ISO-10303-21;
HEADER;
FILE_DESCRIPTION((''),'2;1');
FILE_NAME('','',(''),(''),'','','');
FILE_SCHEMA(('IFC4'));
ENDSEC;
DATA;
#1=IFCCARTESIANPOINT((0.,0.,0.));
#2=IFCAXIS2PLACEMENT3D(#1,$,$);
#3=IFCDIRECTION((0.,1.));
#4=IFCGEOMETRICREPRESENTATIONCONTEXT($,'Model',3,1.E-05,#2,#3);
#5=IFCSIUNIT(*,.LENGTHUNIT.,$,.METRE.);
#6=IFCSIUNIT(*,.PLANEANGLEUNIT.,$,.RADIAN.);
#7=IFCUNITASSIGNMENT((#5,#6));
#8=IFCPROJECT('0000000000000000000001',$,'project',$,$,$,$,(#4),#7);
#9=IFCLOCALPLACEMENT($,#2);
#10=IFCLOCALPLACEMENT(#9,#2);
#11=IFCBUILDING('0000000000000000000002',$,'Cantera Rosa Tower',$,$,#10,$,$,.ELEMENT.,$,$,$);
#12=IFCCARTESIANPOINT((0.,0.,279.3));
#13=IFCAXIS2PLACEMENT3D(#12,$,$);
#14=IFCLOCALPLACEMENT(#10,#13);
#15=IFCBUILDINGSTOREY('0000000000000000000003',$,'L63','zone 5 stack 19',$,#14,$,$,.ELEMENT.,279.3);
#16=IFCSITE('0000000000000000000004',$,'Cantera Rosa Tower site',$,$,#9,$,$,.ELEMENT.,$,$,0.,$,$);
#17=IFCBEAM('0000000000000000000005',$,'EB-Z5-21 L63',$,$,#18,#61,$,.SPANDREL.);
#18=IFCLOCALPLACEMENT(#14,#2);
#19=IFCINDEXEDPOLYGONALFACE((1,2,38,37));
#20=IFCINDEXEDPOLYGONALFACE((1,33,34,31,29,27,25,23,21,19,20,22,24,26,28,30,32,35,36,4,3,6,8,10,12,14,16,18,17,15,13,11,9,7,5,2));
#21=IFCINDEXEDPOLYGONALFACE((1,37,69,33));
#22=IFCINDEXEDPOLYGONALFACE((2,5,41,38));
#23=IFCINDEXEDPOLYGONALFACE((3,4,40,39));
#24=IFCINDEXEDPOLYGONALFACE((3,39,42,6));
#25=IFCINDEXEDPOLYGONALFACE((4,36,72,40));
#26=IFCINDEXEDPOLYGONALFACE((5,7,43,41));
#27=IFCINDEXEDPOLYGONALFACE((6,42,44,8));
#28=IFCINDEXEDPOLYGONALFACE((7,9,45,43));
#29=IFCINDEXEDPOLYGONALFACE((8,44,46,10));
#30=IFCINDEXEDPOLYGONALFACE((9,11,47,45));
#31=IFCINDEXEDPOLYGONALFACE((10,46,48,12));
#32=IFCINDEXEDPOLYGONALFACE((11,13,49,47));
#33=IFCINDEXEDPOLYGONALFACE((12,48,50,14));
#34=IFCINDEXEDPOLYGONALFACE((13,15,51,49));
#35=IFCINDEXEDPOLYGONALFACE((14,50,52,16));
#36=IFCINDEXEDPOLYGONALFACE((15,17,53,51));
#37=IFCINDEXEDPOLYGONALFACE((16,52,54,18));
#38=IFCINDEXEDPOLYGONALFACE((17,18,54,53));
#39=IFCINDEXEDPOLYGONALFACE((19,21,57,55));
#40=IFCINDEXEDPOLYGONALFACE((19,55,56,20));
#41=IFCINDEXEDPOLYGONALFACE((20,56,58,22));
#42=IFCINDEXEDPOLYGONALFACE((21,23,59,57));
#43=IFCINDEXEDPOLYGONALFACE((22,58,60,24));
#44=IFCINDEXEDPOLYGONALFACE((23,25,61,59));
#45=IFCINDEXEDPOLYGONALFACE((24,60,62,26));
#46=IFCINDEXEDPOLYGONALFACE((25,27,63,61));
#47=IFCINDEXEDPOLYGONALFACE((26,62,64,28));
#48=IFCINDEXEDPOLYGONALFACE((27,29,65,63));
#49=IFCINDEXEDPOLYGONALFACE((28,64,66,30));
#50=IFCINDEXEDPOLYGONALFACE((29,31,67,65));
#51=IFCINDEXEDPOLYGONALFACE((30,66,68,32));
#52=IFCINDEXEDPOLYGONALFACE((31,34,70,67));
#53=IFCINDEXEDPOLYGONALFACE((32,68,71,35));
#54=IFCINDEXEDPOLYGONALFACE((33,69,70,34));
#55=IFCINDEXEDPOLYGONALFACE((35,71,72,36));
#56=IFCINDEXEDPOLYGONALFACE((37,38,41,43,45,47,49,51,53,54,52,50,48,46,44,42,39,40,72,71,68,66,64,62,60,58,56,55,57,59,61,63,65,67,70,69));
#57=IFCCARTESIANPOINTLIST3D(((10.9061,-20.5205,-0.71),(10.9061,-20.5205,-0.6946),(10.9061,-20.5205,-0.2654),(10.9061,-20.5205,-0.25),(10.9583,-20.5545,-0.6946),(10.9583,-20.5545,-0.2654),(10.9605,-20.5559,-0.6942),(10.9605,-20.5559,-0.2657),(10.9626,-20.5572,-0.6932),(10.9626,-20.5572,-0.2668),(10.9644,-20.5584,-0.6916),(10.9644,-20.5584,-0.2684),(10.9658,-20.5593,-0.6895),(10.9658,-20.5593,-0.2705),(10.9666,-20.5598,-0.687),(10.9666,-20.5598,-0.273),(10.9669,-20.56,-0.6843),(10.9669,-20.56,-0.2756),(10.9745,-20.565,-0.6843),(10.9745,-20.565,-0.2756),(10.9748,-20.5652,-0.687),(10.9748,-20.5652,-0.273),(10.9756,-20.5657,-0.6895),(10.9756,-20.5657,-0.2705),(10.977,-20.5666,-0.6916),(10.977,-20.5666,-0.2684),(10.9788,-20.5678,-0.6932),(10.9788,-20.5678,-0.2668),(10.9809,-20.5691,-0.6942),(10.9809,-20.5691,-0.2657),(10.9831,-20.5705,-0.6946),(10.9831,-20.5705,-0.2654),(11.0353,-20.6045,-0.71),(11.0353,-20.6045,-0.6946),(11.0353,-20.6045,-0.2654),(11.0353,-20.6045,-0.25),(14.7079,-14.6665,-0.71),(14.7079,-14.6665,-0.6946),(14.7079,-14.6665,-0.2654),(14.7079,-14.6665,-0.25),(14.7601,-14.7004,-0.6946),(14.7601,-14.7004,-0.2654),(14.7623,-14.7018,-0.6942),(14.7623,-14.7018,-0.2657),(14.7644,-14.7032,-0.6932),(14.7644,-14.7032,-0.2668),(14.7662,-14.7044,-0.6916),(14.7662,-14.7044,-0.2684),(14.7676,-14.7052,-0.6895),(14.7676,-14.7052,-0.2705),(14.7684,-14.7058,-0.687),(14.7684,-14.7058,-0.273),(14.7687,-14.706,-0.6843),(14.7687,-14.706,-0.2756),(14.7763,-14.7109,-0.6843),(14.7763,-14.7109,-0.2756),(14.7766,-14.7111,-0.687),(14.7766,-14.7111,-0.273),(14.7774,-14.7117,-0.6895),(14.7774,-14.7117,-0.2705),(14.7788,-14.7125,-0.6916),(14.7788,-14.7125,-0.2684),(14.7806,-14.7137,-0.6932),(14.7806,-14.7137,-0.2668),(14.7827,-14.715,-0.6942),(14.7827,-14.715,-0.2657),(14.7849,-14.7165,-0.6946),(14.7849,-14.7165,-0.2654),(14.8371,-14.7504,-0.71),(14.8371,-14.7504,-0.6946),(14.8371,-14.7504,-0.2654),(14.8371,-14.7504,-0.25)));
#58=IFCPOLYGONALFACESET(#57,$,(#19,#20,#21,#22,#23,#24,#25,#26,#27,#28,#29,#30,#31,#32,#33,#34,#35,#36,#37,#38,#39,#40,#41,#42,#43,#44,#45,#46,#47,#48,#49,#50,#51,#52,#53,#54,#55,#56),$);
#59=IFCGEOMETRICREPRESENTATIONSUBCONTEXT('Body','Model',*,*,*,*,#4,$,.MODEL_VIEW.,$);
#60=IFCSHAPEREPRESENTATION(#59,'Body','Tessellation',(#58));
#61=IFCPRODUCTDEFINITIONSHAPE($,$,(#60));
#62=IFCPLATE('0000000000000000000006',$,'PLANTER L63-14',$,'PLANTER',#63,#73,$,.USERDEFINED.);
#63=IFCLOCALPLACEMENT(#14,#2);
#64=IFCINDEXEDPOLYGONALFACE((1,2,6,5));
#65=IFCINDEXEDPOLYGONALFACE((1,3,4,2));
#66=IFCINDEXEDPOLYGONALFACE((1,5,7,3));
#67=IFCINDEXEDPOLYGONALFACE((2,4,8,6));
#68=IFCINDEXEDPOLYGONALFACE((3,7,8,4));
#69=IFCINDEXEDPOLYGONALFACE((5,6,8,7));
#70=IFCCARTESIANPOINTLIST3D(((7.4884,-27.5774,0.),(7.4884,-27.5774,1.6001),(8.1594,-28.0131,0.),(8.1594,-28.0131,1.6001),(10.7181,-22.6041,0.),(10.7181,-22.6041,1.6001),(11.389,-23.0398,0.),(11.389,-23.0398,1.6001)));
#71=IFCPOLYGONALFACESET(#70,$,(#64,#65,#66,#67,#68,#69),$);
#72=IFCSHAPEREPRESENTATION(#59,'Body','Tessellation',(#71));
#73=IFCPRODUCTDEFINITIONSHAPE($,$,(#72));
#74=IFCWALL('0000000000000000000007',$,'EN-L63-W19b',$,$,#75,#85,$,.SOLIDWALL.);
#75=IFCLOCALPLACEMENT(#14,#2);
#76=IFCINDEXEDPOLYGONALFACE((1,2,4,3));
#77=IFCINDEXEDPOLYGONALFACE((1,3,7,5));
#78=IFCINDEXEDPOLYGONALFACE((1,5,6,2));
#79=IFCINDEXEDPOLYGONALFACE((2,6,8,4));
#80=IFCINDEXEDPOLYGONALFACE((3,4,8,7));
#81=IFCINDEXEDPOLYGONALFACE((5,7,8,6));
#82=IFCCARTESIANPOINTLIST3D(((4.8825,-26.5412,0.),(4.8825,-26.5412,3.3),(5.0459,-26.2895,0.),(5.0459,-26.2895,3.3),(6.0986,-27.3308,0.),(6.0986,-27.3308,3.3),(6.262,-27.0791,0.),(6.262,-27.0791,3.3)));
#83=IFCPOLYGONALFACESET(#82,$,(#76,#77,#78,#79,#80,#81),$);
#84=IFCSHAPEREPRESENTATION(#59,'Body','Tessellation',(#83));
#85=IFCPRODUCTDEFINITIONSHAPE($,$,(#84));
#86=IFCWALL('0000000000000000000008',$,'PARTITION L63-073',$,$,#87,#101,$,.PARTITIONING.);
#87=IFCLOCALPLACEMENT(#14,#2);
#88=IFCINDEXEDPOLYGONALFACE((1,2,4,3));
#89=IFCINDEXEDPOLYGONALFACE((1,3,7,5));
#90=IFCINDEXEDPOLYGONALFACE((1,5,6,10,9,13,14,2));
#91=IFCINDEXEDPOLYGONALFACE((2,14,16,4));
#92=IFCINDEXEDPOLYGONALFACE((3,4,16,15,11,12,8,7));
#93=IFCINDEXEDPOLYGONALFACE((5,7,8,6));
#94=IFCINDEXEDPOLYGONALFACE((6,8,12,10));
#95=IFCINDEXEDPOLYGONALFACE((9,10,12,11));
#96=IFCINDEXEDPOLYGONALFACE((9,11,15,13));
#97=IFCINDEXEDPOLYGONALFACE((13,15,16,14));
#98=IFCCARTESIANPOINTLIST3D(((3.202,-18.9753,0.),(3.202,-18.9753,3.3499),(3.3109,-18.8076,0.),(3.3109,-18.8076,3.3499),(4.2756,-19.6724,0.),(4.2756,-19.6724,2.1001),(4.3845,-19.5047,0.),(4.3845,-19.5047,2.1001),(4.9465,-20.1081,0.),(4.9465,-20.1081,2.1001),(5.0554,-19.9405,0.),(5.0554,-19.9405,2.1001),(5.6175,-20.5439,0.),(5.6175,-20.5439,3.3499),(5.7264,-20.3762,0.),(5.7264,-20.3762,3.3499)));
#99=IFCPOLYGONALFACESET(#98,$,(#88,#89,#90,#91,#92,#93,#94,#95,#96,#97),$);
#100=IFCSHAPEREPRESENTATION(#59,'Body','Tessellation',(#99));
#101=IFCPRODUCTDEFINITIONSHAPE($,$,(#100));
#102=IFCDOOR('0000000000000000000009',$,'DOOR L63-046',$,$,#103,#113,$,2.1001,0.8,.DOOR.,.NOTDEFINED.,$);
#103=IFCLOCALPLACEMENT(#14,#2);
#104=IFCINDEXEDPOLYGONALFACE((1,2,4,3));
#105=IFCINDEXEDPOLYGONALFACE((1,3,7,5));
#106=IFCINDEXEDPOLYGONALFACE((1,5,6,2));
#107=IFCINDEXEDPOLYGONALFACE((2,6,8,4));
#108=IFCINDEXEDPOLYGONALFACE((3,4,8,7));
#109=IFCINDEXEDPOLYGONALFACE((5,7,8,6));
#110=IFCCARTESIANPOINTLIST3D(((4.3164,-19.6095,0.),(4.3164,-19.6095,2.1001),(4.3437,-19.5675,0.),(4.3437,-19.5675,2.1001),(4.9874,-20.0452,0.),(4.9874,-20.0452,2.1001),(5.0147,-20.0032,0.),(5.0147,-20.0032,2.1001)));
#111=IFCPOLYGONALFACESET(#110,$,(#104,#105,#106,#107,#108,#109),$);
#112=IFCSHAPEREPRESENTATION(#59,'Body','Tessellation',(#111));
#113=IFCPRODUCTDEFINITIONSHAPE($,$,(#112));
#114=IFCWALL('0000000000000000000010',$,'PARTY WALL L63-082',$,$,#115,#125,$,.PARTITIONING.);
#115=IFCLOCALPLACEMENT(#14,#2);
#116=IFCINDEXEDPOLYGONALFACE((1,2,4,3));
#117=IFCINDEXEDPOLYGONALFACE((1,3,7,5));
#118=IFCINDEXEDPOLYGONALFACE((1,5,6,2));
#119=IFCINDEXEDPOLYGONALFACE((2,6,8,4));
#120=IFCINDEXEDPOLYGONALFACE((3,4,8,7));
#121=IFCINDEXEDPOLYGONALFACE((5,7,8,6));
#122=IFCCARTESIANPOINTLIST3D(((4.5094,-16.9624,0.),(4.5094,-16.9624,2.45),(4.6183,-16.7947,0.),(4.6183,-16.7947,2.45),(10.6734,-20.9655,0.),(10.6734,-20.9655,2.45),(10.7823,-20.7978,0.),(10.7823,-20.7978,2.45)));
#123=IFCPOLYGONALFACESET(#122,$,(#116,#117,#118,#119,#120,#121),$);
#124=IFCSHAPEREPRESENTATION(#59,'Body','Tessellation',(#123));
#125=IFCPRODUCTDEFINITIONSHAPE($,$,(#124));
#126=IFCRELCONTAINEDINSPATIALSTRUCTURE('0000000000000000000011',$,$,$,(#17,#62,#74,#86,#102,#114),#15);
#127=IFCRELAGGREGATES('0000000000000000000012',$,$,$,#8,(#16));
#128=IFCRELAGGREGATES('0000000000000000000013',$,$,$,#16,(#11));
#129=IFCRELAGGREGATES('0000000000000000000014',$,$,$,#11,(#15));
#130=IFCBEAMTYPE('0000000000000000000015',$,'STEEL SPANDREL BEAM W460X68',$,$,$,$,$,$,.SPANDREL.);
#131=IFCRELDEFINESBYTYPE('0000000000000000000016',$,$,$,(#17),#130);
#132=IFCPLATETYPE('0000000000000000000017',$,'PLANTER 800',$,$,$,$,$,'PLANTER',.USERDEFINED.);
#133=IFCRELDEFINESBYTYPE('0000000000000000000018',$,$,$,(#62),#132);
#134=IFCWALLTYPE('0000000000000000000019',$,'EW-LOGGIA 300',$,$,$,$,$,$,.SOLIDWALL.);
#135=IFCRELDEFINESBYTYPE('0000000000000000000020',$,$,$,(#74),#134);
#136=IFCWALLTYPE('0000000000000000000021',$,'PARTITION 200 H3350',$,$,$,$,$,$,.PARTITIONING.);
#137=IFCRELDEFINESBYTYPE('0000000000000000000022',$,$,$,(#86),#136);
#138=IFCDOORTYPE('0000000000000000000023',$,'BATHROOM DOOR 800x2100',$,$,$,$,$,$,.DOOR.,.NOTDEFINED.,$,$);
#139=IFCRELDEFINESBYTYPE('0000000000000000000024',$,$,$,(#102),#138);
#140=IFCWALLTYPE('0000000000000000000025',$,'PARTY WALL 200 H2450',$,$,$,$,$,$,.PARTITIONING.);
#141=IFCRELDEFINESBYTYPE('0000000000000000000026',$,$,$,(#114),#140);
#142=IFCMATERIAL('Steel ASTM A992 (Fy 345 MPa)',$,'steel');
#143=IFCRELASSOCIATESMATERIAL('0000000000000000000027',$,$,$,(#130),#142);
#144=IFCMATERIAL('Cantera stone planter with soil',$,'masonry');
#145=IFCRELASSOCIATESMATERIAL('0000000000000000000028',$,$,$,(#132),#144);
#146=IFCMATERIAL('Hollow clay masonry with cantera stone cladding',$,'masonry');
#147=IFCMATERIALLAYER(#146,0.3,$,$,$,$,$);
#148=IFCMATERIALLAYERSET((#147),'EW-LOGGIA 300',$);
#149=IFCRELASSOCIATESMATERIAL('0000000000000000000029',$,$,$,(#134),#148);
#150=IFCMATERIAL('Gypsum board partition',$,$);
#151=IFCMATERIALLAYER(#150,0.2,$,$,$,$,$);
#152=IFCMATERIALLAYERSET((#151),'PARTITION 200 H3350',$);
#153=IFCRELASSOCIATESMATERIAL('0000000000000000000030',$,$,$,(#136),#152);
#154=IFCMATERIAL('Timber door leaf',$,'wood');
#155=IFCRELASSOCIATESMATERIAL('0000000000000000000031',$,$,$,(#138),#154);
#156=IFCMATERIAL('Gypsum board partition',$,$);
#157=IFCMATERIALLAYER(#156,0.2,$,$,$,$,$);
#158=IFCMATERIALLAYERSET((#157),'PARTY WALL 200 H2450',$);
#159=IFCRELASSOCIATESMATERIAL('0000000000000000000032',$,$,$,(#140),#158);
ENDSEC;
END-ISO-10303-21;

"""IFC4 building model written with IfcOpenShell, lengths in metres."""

from ifc_helpers import new_model, si_unit, direction, frame, frame_2d, origin, origin_2d, place, context, subcontext, project, spatial, rectangle, i_section, extrude, material, layer, layer_set, material_profile, profile_set, type_object, element, fill, save


model = new_model("IFC4")

# Units and contexts
model_context = context("Model", 3, precision=1e-05, world=origin(), true_north=direction((0.0, 1.0)))
body_context = subcontext(model_context, "Body", "Model", "MODEL_VIEW")
ifc_project = project(units=[si_unit("LENGTHUNIT", "METRE"), si_unit("PLANEANGLEUNIT", "RADIAN")], contexts=[model_context])

# Site, building, storey
site_placement = place(None, origin())
site = spatial("IfcSite", under=ifc_project, at=site_placement, Name="Cantera Rosa Tower site", CompositionType="ELEMENT", RefElevation=0.0)
building_placement = place(site_placement, origin())
building = spatial("IfcBuilding", under=site, at=building_placement, Name="Cantera Rosa Tower", CompositionType="ELEMENT")
storey_placement = place(building_placement, frame((0.0, 0.0, 279.3)))
storey = spatial("IfcBuildingStorey", under=building, at=storey_placement, Name="L63", Description="zone 5 stack 19", CompositionType="ELEMENT", Elevation=279.3)

# Beam
ifc_material_1 = material(Name="Steel ASTM A992 (Fy 345 MPa)", Category="steel")
ifc_material_profile_1 = material_profile(ifc_material_1, i_section(OverallWidth=0.1541, OverallDepth=0.46, WebThickness=0.009, FlangeThickness=0.0154, FilletRadius=0.0103, at=origin_2d()), Name="W460X68")
ifc_profile_set_1 = profile_set([ifc_material_profile_1], Name="Steel ASTM A992 (Fy 345 MPa)")
beam_type_1 = type_object("IfcBeamType", Name="STEEL SPANDREL BEAM W460X68", PredefinedType="SPANDREL", material=ifc_profile_set_1)
for number, where, z_axis, x_axis, name in (
    (1, (10.9707, -20.5625, -0.48), (0.544651, 0.838663, 0.0), (-0.838663, 0.544651, 0.0), "EB-Z5-21 L63"),
):
    element("IfcBeam", number, at=place(storey_placement, frame(where, z_axis=z_axis, x_axis=x_axis)), inside=storey, type_object=beam_type_1, Name=name, PredefinedType="SPANDREL", context=body_context, shape_type="SweptSolid", body=[
        extrude(i_section(OverallWidth=0.1541, OverallDepth=0.46, WebThickness=0.009, FlangeThickness=0.0154, FilletRadius=0.0103, at=origin_2d()), origin(), (0.0, 0.0, 1.0), 6.9802),
    ])

# Plate
ifc_material_2 = material(Name="Cantera stone planter with soil", Category="masonry")
plate_type = type_object("IfcPlateType", Name="PLANTER 800", ElementType="PLANTER", PredefinedType="USERDEFINED", material=ifc_material_2)
plate_placement = place(storey_placement, frame((9.4387, -25.3086, 0.0), z_axis=(0.0, 0.0, 1.0), x_axis=(0.544639, 0.838671, 0.0)))
element("IfcPlate", 2, at=plate_placement, inside=storey, type_object=plate_type, Name="PLANTER L63-14", ObjectType="PLANTER", PredefinedType="USERDEFINED", context=body_context, shape_type="SweptSolid", body=[
    extrude(rectangle(XDim=5.9299, YDim=0.8, at=origin_2d()), origin(), (0.0, 0.0, 1.0), 1.6001),
])

# Wall
ifc_material_3 = material(Name="Hollow clay masonry with cantera stone cladding", Category="masonry")
ifc_layer_1 = layer(ifc_material_3, 0.3)
ifc_layer_set_1 = layer_set([ifc_layer_1], Name="EW-LOGGIA 300")
wall_type_1 = type_object("IfcWallType", Name="EW-LOGGIA 300", PredefinedType="SOLIDWALL", material=ifc_layer_set_1)
wall_1_placement = place(storey_placement, frame((4.9641, -26.4153, 0.0), z_axis=(0.0, 0.0, 1.0), x_axis=(0.838724, -0.544556, 0.0)))
element("IfcWall", 3, at=wall_1_placement, inside=storey, type_object=wall_type_1, Name="EN-L63-W19b", PredefinedType="SOLIDWALL", context=body_context, shape_type="SweptSolid", body=[
    extrude(rectangle(XDim=1.45, YDim=0.3, at=frame_2d((0.7251, 0.0))), origin(), (0.0, 0.0, 1.0), 3.3),
])

# Wall, opening, door
ifc_material_4 = material(Name="Gypsum board partition")
ifc_layer_2 = layer(ifc_material_4, 0.2)
ifc_layer_set_2 = layer_set([ifc_layer_2], Name="PARTITION 200 H3350")
wall_type_2 = type_object("IfcWallType", Name="PARTITION 200 H3350", PredefinedType="PARTITIONING", material=ifc_layer_set_2)
wall_2_placement = place(storey_placement, frame((5.6719, -20.46, 0.0), z_axis=(0.0, 0.0, 1.0), x_axis=(-0.83868, 0.544625, 0.0)))
wall_2 = element("IfcWall", 4, at=wall_2_placement, inside=storey, type_object=wall_type_2, Name="PARTITION L63-073", PredefinedType="PARTITIONING", context=body_context, shape_type="SweptSolid", body=[
    extrude(rectangle(XDim=2.8801, YDim=0.2, at=frame_2d((1.4399, 0.0))), origin(), (0.0, 0.0, 1.0), 3.3499),
])
opening_1_placement = place(wall_2_placement, frame((0.8, 0.0, 0.0)))
opening_1 = element("IfcOpeningElement", 5, at=opening_1_placement, cuts=wall_2, PredefinedType="OPENING", context=body_context, shape_type="SweptSolid", body=[
    extrude(rectangle(XDim=0.8, YDim=2.1001, at=frame_2d((0.3999, 1.05))), frame((0.0, 0.1099, 0.0), z_axis=(0.0, -1.0, 0.0), x_axis=(1.0, 0.0, 0.0)), (0.0, 0.0, 1.0), 0.22),
])
ifc_material_5 = material(Name="Timber door leaf", Category="wood")
door_type_1 = type_object("IfcDoorType", Name="BATHROOM DOOR 800x2100", OperationType="NOTDEFINED", PredefinedType="DOOR", material=ifc_material_5)
door_1_placement = place(opening_1_placement, origin())
door_1 = element("IfcDoor", 6, at=door_1_placement, inside=storey, type_object=door_type_1, Name="DOOR L63-046", OperationType="NOTDEFINED", OverallHeight=2.1001, OverallWidth=0.8, PredefinedType="DOOR", context=body_context, shape_type="SweptSolid", body=[
    extrude(rectangle(XDim=0.8, YDim=2.1001, at=frame_2d((0.3999, 1.05))), frame((0.0, 0.0249, 0.0), z_axis=(0.0, -1.0, 0.0), x_axis=(1.0, 0.0, 0.0)), (0.0, 0.0, 1.0), 0.05),
])
fill(opening_1, door_1)

# Wall
ifc_material_6 = material(Name="Gypsum board partition")
ifc_layer_3 = layer(ifc_material_6, 0.2)
ifc_layer_set_3 = layer_set([ifc_layer_3], Name="PARTY WALL 200 H2450")
wall_type_3 = type_object("IfcWallType", Name="PARTY WALL 200 H2450", PredefinedType="PARTITIONING", material=ifc_layer_set_3)
wall_3_placement = place(storey_placement, frame((10.7278, -20.8816, 0.0), z_axis=(0.0, 0.0, 1.0), x_axis=(-0.838659, 0.544657, 0.0)))
element("IfcWall", 7, at=wall_3_placement, inside=storey, type_object=wall_type_3, Name="PARTY WALL L63-082", PredefinedType="PARTITIONING", context=body_context, shape_type="SweptSolid", body=[
    extrude(rectangle(XDim=7.3499, YDim=0.2, at=frame_2d((3.6748, 0.0))), origin(), (0.0, 0.0, 1.0), 2.45),
])

save(model, "model.ifc")
